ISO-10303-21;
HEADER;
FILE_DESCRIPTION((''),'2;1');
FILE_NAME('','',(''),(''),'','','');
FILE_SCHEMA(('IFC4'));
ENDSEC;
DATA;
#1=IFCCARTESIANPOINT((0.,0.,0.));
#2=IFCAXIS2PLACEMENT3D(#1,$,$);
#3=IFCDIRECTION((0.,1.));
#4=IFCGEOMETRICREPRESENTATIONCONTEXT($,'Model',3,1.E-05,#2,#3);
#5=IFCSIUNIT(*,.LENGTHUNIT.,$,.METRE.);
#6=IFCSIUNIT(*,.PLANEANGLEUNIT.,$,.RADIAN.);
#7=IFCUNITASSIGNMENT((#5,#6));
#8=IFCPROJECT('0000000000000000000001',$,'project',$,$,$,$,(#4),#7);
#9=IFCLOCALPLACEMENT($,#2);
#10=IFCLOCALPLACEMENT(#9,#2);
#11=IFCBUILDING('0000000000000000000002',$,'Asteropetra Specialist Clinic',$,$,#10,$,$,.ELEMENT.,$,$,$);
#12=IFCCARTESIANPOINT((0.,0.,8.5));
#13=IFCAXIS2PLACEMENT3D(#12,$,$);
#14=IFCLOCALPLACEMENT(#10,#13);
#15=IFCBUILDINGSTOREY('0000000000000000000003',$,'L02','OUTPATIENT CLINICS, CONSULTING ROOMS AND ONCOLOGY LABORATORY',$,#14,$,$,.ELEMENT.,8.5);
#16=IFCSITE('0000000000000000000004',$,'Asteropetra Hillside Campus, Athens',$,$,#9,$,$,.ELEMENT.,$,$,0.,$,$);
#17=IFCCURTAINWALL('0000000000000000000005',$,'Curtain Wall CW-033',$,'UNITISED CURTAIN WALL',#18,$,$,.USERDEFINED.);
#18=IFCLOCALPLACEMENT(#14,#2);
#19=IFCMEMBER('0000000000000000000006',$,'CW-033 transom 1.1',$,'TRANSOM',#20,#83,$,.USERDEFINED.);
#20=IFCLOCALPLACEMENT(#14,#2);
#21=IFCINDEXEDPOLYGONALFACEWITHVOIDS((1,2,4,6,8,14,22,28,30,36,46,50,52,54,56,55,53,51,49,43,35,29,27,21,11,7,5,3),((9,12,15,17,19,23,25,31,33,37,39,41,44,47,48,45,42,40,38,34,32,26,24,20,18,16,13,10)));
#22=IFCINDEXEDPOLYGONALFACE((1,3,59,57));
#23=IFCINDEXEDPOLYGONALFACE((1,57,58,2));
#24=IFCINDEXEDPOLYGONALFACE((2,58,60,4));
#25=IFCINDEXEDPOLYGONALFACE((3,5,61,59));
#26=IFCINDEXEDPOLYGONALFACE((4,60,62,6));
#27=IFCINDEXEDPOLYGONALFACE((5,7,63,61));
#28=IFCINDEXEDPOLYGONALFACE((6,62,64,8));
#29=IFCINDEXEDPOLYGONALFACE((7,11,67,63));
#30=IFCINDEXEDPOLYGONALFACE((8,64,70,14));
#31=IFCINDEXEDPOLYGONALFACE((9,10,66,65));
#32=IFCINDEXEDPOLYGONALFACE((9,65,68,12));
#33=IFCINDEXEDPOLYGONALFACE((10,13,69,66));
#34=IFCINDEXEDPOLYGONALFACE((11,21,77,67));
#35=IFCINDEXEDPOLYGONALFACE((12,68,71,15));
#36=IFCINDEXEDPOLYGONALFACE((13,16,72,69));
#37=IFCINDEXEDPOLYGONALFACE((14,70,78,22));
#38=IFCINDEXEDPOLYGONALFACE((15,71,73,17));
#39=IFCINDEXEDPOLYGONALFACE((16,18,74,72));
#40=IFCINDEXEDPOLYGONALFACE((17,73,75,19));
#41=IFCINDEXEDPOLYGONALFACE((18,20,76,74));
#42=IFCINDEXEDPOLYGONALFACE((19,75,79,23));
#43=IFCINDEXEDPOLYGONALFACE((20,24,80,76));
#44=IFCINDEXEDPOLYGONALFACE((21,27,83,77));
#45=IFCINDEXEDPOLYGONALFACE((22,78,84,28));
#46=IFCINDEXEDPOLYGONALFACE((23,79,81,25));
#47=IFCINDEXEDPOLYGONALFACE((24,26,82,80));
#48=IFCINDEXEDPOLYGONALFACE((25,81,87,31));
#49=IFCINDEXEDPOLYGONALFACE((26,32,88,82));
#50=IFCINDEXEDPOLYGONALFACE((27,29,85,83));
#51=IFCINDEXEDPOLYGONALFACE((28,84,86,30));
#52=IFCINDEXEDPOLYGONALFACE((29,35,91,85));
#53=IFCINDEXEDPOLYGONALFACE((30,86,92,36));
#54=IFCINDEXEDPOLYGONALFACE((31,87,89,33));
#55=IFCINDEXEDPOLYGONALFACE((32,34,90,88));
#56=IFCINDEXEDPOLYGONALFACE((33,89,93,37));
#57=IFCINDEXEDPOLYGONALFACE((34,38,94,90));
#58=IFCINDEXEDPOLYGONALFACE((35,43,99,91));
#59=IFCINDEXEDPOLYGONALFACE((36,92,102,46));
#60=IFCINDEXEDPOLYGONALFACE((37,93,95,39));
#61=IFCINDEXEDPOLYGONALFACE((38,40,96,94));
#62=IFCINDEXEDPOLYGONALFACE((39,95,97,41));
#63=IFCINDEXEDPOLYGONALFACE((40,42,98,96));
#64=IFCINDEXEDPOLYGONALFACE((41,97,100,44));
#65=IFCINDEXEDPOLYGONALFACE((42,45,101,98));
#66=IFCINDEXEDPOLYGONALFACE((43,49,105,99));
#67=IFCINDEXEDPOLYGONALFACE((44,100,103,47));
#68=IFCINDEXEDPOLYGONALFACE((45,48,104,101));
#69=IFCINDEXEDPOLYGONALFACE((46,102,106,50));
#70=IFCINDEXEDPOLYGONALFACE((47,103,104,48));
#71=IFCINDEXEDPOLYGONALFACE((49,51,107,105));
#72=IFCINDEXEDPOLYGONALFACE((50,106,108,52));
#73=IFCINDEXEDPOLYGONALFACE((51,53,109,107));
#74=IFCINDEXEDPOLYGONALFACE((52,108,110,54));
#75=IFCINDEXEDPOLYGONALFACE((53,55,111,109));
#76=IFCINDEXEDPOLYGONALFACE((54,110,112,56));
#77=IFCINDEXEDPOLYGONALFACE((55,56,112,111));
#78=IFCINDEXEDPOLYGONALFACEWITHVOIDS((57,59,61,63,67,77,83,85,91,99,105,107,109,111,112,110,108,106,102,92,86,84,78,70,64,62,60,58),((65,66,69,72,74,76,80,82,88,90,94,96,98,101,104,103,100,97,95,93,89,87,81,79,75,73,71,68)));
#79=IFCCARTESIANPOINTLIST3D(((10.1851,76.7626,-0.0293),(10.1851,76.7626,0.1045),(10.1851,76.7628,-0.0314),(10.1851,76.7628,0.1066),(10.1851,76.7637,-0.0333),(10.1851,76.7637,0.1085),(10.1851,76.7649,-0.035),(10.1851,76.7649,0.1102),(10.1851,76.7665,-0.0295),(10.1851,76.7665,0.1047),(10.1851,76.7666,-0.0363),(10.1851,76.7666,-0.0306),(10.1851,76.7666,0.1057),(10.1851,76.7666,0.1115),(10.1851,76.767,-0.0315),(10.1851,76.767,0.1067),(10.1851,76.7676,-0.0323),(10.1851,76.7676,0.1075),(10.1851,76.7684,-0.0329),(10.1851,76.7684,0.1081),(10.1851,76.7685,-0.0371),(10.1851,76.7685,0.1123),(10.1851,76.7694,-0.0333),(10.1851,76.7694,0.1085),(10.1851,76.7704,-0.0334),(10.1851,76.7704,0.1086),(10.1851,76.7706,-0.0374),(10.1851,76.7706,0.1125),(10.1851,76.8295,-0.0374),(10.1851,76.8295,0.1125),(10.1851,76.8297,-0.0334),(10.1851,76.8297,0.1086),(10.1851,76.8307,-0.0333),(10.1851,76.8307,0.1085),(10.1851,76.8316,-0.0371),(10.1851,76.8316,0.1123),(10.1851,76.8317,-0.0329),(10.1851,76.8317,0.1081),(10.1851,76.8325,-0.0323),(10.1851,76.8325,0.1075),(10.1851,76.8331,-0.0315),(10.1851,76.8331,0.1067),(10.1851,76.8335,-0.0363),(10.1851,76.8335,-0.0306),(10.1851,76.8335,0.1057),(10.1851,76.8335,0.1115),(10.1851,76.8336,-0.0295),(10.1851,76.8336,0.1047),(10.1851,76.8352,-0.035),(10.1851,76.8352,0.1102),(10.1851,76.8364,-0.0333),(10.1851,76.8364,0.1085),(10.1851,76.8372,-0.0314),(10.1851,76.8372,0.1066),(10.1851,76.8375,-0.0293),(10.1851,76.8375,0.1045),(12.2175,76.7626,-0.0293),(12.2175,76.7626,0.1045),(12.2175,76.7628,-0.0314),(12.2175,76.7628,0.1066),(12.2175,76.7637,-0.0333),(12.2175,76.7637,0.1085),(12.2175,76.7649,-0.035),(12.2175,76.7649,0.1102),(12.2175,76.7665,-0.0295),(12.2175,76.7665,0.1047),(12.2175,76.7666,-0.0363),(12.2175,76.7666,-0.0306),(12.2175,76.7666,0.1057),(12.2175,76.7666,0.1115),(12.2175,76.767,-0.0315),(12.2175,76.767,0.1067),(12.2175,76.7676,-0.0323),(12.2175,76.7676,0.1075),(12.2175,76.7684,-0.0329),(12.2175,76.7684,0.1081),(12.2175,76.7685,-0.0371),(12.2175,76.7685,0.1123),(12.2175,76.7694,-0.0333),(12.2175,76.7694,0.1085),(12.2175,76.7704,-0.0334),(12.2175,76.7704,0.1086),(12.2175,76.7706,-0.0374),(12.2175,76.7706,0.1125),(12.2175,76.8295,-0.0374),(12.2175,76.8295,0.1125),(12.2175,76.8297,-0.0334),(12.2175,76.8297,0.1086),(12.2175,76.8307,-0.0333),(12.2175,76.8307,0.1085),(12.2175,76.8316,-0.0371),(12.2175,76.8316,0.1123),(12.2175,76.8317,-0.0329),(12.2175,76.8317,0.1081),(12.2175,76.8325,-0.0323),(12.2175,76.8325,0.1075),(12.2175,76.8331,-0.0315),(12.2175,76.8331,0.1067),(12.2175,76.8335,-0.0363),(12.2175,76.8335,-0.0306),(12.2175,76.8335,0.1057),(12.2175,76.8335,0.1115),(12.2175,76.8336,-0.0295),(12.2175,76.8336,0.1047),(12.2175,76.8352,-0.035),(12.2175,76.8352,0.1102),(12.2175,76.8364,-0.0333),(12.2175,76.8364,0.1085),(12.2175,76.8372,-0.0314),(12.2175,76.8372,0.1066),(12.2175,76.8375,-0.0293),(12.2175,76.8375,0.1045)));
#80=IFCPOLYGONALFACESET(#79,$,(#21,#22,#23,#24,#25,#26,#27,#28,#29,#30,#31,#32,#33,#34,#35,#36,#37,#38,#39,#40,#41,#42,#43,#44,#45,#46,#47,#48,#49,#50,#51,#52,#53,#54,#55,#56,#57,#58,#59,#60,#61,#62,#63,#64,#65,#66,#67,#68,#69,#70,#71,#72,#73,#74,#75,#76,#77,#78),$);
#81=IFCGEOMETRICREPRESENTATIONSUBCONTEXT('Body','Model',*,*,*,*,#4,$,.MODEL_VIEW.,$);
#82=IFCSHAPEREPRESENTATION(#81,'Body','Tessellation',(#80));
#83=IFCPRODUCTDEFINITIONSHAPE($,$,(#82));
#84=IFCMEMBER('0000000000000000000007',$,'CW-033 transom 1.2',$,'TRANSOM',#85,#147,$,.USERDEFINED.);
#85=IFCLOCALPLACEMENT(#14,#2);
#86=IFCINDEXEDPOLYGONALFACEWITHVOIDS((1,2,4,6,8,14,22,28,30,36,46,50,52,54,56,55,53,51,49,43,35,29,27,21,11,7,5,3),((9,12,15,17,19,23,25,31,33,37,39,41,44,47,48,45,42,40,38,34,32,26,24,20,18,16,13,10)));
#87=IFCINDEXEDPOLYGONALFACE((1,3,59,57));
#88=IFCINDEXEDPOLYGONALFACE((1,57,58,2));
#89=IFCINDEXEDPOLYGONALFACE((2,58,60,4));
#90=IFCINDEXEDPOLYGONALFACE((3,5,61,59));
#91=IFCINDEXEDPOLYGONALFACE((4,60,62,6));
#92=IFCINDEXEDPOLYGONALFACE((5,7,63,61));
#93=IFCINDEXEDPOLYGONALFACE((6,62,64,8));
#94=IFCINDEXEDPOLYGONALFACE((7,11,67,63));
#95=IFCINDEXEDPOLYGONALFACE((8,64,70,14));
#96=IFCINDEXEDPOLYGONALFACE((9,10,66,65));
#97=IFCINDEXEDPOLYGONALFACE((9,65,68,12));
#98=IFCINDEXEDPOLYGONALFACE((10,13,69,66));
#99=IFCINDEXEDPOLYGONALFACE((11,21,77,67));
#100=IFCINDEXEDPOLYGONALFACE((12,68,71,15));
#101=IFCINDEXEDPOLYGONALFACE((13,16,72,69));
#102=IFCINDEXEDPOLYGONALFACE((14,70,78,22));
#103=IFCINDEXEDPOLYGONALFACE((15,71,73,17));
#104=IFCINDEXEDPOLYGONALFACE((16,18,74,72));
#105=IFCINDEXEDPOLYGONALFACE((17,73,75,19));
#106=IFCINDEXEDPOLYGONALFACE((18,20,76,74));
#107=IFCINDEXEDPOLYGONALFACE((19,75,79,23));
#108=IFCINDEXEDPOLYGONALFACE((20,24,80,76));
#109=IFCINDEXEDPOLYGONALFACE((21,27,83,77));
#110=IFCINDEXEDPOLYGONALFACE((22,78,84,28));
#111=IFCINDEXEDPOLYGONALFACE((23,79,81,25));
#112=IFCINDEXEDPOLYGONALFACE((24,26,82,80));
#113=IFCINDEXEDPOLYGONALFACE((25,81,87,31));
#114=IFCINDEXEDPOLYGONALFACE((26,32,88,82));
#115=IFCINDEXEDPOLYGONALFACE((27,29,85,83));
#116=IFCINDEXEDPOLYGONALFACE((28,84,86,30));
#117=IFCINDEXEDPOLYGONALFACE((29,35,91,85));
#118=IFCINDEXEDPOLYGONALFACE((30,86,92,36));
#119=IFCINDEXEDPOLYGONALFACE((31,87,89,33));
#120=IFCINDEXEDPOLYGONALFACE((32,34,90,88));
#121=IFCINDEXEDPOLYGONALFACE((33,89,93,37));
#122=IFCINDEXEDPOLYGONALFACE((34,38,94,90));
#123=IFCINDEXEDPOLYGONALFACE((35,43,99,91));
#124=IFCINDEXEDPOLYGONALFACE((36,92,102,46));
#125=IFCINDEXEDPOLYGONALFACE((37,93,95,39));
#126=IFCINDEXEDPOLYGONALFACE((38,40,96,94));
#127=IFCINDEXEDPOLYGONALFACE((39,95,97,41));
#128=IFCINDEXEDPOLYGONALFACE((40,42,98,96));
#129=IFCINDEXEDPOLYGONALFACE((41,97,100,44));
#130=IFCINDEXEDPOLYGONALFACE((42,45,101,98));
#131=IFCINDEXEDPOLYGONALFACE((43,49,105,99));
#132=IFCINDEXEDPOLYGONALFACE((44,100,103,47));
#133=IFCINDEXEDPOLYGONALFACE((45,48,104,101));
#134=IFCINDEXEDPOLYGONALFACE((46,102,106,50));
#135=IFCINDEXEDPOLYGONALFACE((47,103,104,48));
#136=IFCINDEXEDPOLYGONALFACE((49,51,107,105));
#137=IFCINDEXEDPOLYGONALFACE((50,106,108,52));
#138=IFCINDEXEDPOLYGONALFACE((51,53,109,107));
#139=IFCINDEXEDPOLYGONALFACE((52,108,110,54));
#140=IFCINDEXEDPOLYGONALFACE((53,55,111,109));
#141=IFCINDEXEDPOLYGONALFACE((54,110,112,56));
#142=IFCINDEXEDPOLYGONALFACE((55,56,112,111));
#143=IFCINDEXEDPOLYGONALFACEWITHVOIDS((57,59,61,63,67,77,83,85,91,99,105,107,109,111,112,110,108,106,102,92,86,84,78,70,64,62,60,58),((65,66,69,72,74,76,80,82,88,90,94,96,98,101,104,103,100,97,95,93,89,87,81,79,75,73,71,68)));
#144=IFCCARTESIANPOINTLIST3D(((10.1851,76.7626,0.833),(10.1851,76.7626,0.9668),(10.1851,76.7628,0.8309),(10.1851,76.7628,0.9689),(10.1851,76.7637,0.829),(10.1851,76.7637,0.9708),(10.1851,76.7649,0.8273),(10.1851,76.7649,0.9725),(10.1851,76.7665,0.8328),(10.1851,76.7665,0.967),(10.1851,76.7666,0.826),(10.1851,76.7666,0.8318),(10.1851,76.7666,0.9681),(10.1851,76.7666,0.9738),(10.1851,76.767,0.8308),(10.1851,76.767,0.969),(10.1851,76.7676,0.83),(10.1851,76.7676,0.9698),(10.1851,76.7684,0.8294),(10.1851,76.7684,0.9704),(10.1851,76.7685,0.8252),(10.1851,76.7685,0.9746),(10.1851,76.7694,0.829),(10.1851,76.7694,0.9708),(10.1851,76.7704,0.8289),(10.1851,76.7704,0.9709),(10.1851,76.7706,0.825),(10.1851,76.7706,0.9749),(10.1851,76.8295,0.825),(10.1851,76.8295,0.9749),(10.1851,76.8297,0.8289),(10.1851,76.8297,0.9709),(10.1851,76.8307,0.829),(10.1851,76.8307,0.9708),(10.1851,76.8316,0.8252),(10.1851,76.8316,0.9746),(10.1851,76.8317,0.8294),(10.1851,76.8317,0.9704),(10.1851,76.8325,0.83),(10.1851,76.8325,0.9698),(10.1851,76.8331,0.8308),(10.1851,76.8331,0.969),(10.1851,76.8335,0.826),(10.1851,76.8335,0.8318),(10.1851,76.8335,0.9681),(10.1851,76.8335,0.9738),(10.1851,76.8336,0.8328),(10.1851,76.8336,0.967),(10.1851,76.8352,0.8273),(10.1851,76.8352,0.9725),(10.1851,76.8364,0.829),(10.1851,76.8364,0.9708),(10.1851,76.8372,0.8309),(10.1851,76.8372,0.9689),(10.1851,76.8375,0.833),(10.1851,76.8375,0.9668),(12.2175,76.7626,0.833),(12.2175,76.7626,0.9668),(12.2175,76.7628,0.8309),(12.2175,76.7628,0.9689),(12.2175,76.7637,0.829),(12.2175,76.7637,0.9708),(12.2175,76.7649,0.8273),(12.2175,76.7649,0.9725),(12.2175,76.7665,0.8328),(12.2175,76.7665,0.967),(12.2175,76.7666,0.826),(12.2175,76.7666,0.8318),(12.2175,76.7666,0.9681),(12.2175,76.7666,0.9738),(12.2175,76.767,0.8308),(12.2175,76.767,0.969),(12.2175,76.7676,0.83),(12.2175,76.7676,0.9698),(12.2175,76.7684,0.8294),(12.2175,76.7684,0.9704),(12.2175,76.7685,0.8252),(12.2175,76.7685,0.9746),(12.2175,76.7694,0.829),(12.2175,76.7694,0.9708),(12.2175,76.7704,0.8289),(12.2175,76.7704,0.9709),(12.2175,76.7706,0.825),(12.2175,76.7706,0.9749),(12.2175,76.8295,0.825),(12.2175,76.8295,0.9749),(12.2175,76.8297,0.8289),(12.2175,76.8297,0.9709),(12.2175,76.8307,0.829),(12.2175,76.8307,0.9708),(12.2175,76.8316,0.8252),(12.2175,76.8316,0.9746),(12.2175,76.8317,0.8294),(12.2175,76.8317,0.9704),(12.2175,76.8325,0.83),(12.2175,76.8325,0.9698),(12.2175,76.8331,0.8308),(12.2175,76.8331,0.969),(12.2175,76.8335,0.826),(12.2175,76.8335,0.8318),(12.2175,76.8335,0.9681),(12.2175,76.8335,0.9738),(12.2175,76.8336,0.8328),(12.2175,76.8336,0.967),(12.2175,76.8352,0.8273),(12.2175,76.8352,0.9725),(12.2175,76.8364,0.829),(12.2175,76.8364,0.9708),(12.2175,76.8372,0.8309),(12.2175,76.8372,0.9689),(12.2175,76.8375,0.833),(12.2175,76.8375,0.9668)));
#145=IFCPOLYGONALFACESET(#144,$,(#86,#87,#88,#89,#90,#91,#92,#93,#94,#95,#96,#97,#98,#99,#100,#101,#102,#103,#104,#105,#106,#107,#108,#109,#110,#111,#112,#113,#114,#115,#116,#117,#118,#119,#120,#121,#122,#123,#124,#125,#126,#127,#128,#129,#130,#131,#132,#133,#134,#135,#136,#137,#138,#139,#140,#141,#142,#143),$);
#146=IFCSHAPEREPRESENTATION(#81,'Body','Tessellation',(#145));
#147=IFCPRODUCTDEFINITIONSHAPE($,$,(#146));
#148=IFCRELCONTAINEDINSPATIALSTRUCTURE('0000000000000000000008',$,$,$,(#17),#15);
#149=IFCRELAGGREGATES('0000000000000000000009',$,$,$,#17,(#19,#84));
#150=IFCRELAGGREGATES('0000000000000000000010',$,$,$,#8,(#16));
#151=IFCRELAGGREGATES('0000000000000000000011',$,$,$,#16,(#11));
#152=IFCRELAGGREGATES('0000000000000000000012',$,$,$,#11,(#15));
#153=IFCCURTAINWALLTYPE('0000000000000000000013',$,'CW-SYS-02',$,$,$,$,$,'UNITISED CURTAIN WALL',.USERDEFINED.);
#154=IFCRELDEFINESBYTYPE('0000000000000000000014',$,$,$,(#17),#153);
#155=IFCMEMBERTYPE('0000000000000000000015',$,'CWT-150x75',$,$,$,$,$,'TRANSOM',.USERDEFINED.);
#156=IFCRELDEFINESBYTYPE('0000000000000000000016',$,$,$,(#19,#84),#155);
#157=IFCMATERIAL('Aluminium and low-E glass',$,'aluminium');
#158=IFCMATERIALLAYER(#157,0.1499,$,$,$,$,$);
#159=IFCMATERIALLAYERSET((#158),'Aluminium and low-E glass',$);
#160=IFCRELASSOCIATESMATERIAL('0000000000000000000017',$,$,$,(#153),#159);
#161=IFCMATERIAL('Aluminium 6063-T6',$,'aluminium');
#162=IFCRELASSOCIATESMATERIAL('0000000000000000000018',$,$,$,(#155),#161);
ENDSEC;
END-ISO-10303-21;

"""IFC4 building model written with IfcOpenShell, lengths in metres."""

from ifc_helpers import new_model, si_unit, direction, frame, origin, origin_2d, place, context, subcontext, project, spatial, hollow_rectangle, extrude, material, layer, layer_set, material_profile, profile_set, type_object, element, aggregate, save


model = new_model("IFC4")

# Units and contexts
model_context = context("Model", 3, precision=1e-05, world=origin(), true_north=direction((0.0, 1.0)))
body_context = subcontext(model_context, "Body", "Model", "MODEL_VIEW")
ifc_project = project(units=[si_unit("LENGTHUNIT", "METRE"), si_unit("PLANEANGLEUNIT", "RADIAN")], contexts=[model_context])

# Site, building, storey
site_placement = place(None, origin())
site = spatial("IfcSite", under=ifc_project, at=site_placement, Name="Asteropetra Hillside Campus, Athens", CompositionType="ELEMENT", RefElevation=0.0)
building_placement = place(site_placement, origin())
building = spatial("IfcBuilding", under=site, at=building_placement, Name="Asteropetra Specialist Clinic", CompositionType="ELEMENT")
storey_placement = place(building_placement, frame((0.0, 0.0, 8.5)))
storey = spatial("IfcBuildingStorey", under=building, at=storey_placement, Name="L02", Description="OUTPATIENT CLINICS, CONSULTING ROOMS AND ONCOLOGY LABORATORY", CompositionType="ELEMENT", Elevation=8.5)

# Curtain wall
ifc_material_1 = material(Name="Aluminium and low-E glass", Category="aluminium")
ifc_layer_1 = layer(ifc_material_1, 0.1499)
ifc_layer_set_1 = layer_set([ifc_layer_1], Name="Aluminium and low-E glass")
curtain_wall_type_1 = type_object("IfcCurtainWallType", Name="CW-SYS-02", ElementType="UNITISED CURTAIN WALL", PredefinedType="USERDEFINED", material=ifc_layer_set_1)
curtain_wall_1_placement = place(storey_placement, origin())
curtain_wall_1 = element("IfcCurtainWall", 1, at=curtain_wall_1_placement, inside=storey, type_object=curtain_wall_type_1, Name="Curtain Wall CW-033", ObjectType="UNITISED CURTAIN WALL", PredefinedType="USERDEFINED")

# Members
ifc_material_2 = material(Name="Aluminium 6063-T6", Category="aluminium")
ifc_material_profile_1 = material_profile(ifc_material_2, hollow_rectangle(XDim=0.075, YDim=0.1499, WallThickness=0.0039, InnerFilletRadius=0.0039, OuterFilletRadius=0.0081, at=origin_2d()), Name="TRN 150x75x4.0")
ifc_profile_set_1 = profile_set([ifc_material_profile_1], Name="Aluminium 6063-T6")
member_type_1 = type_object("IfcMemberType", Name="CWT-150x75", ElementType="TRANSOM", PredefinedType="USERDEFINED", material=ifc_profile_set_1)
member_1_placement = place(storey_placement, frame((10.1851, 76.8, 0.0376), z_axis=(1.0, 0.0, 0.0), x_axis=(0.0, 1.0, 0.0)))
member_1 = element("IfcMember", 2, at=member_1_placement, type_object=member_type_1, Name="CW-033 transom 1.1", ObjectType="TRANSOM", PredefinedType="USERDEFINED", context=body_context, shape_type="SweptSolid", body=[
    extrude(hollow_rectangle(XDim=0.075, YDim=0.1499, WallThickness=0.0039, InnerFilletRadius=0.0039, OuterFilletRadius=0.0081, at=origin_2d()), origin(), (0.0, 0.0, 1.0), 2.0325),
])
member_2_placement = place(storey_placement, frame((10.1851, 76.8, 0.8999), z_axis=(1.0, 0.0, 0.0), x_axis=(0.0, 1.0, 0.0)))
member_2 = element("IfcMember", 3, at=member_2_placement, type_object=member_type_1, Name="CW-033 transom 1.2", ObjectType="TRANSOM", PredefinedType="USERDEFINED", context=body_context, shape_type="SweptSolid", body=[
    extrude(hollow_rectangle(XDim=0.075, YDim=0.1499, WallThickness=0.0039, InnerFilletRadius=0.0039, OuterFilletRadius=0.0081, at=origin_2d()), origin(), (0.0, 0.0, 1.0), 2.0325),
])

aggregate(curtain_wall_1, [member_1, member_2])

save(model, "model.ifc")
